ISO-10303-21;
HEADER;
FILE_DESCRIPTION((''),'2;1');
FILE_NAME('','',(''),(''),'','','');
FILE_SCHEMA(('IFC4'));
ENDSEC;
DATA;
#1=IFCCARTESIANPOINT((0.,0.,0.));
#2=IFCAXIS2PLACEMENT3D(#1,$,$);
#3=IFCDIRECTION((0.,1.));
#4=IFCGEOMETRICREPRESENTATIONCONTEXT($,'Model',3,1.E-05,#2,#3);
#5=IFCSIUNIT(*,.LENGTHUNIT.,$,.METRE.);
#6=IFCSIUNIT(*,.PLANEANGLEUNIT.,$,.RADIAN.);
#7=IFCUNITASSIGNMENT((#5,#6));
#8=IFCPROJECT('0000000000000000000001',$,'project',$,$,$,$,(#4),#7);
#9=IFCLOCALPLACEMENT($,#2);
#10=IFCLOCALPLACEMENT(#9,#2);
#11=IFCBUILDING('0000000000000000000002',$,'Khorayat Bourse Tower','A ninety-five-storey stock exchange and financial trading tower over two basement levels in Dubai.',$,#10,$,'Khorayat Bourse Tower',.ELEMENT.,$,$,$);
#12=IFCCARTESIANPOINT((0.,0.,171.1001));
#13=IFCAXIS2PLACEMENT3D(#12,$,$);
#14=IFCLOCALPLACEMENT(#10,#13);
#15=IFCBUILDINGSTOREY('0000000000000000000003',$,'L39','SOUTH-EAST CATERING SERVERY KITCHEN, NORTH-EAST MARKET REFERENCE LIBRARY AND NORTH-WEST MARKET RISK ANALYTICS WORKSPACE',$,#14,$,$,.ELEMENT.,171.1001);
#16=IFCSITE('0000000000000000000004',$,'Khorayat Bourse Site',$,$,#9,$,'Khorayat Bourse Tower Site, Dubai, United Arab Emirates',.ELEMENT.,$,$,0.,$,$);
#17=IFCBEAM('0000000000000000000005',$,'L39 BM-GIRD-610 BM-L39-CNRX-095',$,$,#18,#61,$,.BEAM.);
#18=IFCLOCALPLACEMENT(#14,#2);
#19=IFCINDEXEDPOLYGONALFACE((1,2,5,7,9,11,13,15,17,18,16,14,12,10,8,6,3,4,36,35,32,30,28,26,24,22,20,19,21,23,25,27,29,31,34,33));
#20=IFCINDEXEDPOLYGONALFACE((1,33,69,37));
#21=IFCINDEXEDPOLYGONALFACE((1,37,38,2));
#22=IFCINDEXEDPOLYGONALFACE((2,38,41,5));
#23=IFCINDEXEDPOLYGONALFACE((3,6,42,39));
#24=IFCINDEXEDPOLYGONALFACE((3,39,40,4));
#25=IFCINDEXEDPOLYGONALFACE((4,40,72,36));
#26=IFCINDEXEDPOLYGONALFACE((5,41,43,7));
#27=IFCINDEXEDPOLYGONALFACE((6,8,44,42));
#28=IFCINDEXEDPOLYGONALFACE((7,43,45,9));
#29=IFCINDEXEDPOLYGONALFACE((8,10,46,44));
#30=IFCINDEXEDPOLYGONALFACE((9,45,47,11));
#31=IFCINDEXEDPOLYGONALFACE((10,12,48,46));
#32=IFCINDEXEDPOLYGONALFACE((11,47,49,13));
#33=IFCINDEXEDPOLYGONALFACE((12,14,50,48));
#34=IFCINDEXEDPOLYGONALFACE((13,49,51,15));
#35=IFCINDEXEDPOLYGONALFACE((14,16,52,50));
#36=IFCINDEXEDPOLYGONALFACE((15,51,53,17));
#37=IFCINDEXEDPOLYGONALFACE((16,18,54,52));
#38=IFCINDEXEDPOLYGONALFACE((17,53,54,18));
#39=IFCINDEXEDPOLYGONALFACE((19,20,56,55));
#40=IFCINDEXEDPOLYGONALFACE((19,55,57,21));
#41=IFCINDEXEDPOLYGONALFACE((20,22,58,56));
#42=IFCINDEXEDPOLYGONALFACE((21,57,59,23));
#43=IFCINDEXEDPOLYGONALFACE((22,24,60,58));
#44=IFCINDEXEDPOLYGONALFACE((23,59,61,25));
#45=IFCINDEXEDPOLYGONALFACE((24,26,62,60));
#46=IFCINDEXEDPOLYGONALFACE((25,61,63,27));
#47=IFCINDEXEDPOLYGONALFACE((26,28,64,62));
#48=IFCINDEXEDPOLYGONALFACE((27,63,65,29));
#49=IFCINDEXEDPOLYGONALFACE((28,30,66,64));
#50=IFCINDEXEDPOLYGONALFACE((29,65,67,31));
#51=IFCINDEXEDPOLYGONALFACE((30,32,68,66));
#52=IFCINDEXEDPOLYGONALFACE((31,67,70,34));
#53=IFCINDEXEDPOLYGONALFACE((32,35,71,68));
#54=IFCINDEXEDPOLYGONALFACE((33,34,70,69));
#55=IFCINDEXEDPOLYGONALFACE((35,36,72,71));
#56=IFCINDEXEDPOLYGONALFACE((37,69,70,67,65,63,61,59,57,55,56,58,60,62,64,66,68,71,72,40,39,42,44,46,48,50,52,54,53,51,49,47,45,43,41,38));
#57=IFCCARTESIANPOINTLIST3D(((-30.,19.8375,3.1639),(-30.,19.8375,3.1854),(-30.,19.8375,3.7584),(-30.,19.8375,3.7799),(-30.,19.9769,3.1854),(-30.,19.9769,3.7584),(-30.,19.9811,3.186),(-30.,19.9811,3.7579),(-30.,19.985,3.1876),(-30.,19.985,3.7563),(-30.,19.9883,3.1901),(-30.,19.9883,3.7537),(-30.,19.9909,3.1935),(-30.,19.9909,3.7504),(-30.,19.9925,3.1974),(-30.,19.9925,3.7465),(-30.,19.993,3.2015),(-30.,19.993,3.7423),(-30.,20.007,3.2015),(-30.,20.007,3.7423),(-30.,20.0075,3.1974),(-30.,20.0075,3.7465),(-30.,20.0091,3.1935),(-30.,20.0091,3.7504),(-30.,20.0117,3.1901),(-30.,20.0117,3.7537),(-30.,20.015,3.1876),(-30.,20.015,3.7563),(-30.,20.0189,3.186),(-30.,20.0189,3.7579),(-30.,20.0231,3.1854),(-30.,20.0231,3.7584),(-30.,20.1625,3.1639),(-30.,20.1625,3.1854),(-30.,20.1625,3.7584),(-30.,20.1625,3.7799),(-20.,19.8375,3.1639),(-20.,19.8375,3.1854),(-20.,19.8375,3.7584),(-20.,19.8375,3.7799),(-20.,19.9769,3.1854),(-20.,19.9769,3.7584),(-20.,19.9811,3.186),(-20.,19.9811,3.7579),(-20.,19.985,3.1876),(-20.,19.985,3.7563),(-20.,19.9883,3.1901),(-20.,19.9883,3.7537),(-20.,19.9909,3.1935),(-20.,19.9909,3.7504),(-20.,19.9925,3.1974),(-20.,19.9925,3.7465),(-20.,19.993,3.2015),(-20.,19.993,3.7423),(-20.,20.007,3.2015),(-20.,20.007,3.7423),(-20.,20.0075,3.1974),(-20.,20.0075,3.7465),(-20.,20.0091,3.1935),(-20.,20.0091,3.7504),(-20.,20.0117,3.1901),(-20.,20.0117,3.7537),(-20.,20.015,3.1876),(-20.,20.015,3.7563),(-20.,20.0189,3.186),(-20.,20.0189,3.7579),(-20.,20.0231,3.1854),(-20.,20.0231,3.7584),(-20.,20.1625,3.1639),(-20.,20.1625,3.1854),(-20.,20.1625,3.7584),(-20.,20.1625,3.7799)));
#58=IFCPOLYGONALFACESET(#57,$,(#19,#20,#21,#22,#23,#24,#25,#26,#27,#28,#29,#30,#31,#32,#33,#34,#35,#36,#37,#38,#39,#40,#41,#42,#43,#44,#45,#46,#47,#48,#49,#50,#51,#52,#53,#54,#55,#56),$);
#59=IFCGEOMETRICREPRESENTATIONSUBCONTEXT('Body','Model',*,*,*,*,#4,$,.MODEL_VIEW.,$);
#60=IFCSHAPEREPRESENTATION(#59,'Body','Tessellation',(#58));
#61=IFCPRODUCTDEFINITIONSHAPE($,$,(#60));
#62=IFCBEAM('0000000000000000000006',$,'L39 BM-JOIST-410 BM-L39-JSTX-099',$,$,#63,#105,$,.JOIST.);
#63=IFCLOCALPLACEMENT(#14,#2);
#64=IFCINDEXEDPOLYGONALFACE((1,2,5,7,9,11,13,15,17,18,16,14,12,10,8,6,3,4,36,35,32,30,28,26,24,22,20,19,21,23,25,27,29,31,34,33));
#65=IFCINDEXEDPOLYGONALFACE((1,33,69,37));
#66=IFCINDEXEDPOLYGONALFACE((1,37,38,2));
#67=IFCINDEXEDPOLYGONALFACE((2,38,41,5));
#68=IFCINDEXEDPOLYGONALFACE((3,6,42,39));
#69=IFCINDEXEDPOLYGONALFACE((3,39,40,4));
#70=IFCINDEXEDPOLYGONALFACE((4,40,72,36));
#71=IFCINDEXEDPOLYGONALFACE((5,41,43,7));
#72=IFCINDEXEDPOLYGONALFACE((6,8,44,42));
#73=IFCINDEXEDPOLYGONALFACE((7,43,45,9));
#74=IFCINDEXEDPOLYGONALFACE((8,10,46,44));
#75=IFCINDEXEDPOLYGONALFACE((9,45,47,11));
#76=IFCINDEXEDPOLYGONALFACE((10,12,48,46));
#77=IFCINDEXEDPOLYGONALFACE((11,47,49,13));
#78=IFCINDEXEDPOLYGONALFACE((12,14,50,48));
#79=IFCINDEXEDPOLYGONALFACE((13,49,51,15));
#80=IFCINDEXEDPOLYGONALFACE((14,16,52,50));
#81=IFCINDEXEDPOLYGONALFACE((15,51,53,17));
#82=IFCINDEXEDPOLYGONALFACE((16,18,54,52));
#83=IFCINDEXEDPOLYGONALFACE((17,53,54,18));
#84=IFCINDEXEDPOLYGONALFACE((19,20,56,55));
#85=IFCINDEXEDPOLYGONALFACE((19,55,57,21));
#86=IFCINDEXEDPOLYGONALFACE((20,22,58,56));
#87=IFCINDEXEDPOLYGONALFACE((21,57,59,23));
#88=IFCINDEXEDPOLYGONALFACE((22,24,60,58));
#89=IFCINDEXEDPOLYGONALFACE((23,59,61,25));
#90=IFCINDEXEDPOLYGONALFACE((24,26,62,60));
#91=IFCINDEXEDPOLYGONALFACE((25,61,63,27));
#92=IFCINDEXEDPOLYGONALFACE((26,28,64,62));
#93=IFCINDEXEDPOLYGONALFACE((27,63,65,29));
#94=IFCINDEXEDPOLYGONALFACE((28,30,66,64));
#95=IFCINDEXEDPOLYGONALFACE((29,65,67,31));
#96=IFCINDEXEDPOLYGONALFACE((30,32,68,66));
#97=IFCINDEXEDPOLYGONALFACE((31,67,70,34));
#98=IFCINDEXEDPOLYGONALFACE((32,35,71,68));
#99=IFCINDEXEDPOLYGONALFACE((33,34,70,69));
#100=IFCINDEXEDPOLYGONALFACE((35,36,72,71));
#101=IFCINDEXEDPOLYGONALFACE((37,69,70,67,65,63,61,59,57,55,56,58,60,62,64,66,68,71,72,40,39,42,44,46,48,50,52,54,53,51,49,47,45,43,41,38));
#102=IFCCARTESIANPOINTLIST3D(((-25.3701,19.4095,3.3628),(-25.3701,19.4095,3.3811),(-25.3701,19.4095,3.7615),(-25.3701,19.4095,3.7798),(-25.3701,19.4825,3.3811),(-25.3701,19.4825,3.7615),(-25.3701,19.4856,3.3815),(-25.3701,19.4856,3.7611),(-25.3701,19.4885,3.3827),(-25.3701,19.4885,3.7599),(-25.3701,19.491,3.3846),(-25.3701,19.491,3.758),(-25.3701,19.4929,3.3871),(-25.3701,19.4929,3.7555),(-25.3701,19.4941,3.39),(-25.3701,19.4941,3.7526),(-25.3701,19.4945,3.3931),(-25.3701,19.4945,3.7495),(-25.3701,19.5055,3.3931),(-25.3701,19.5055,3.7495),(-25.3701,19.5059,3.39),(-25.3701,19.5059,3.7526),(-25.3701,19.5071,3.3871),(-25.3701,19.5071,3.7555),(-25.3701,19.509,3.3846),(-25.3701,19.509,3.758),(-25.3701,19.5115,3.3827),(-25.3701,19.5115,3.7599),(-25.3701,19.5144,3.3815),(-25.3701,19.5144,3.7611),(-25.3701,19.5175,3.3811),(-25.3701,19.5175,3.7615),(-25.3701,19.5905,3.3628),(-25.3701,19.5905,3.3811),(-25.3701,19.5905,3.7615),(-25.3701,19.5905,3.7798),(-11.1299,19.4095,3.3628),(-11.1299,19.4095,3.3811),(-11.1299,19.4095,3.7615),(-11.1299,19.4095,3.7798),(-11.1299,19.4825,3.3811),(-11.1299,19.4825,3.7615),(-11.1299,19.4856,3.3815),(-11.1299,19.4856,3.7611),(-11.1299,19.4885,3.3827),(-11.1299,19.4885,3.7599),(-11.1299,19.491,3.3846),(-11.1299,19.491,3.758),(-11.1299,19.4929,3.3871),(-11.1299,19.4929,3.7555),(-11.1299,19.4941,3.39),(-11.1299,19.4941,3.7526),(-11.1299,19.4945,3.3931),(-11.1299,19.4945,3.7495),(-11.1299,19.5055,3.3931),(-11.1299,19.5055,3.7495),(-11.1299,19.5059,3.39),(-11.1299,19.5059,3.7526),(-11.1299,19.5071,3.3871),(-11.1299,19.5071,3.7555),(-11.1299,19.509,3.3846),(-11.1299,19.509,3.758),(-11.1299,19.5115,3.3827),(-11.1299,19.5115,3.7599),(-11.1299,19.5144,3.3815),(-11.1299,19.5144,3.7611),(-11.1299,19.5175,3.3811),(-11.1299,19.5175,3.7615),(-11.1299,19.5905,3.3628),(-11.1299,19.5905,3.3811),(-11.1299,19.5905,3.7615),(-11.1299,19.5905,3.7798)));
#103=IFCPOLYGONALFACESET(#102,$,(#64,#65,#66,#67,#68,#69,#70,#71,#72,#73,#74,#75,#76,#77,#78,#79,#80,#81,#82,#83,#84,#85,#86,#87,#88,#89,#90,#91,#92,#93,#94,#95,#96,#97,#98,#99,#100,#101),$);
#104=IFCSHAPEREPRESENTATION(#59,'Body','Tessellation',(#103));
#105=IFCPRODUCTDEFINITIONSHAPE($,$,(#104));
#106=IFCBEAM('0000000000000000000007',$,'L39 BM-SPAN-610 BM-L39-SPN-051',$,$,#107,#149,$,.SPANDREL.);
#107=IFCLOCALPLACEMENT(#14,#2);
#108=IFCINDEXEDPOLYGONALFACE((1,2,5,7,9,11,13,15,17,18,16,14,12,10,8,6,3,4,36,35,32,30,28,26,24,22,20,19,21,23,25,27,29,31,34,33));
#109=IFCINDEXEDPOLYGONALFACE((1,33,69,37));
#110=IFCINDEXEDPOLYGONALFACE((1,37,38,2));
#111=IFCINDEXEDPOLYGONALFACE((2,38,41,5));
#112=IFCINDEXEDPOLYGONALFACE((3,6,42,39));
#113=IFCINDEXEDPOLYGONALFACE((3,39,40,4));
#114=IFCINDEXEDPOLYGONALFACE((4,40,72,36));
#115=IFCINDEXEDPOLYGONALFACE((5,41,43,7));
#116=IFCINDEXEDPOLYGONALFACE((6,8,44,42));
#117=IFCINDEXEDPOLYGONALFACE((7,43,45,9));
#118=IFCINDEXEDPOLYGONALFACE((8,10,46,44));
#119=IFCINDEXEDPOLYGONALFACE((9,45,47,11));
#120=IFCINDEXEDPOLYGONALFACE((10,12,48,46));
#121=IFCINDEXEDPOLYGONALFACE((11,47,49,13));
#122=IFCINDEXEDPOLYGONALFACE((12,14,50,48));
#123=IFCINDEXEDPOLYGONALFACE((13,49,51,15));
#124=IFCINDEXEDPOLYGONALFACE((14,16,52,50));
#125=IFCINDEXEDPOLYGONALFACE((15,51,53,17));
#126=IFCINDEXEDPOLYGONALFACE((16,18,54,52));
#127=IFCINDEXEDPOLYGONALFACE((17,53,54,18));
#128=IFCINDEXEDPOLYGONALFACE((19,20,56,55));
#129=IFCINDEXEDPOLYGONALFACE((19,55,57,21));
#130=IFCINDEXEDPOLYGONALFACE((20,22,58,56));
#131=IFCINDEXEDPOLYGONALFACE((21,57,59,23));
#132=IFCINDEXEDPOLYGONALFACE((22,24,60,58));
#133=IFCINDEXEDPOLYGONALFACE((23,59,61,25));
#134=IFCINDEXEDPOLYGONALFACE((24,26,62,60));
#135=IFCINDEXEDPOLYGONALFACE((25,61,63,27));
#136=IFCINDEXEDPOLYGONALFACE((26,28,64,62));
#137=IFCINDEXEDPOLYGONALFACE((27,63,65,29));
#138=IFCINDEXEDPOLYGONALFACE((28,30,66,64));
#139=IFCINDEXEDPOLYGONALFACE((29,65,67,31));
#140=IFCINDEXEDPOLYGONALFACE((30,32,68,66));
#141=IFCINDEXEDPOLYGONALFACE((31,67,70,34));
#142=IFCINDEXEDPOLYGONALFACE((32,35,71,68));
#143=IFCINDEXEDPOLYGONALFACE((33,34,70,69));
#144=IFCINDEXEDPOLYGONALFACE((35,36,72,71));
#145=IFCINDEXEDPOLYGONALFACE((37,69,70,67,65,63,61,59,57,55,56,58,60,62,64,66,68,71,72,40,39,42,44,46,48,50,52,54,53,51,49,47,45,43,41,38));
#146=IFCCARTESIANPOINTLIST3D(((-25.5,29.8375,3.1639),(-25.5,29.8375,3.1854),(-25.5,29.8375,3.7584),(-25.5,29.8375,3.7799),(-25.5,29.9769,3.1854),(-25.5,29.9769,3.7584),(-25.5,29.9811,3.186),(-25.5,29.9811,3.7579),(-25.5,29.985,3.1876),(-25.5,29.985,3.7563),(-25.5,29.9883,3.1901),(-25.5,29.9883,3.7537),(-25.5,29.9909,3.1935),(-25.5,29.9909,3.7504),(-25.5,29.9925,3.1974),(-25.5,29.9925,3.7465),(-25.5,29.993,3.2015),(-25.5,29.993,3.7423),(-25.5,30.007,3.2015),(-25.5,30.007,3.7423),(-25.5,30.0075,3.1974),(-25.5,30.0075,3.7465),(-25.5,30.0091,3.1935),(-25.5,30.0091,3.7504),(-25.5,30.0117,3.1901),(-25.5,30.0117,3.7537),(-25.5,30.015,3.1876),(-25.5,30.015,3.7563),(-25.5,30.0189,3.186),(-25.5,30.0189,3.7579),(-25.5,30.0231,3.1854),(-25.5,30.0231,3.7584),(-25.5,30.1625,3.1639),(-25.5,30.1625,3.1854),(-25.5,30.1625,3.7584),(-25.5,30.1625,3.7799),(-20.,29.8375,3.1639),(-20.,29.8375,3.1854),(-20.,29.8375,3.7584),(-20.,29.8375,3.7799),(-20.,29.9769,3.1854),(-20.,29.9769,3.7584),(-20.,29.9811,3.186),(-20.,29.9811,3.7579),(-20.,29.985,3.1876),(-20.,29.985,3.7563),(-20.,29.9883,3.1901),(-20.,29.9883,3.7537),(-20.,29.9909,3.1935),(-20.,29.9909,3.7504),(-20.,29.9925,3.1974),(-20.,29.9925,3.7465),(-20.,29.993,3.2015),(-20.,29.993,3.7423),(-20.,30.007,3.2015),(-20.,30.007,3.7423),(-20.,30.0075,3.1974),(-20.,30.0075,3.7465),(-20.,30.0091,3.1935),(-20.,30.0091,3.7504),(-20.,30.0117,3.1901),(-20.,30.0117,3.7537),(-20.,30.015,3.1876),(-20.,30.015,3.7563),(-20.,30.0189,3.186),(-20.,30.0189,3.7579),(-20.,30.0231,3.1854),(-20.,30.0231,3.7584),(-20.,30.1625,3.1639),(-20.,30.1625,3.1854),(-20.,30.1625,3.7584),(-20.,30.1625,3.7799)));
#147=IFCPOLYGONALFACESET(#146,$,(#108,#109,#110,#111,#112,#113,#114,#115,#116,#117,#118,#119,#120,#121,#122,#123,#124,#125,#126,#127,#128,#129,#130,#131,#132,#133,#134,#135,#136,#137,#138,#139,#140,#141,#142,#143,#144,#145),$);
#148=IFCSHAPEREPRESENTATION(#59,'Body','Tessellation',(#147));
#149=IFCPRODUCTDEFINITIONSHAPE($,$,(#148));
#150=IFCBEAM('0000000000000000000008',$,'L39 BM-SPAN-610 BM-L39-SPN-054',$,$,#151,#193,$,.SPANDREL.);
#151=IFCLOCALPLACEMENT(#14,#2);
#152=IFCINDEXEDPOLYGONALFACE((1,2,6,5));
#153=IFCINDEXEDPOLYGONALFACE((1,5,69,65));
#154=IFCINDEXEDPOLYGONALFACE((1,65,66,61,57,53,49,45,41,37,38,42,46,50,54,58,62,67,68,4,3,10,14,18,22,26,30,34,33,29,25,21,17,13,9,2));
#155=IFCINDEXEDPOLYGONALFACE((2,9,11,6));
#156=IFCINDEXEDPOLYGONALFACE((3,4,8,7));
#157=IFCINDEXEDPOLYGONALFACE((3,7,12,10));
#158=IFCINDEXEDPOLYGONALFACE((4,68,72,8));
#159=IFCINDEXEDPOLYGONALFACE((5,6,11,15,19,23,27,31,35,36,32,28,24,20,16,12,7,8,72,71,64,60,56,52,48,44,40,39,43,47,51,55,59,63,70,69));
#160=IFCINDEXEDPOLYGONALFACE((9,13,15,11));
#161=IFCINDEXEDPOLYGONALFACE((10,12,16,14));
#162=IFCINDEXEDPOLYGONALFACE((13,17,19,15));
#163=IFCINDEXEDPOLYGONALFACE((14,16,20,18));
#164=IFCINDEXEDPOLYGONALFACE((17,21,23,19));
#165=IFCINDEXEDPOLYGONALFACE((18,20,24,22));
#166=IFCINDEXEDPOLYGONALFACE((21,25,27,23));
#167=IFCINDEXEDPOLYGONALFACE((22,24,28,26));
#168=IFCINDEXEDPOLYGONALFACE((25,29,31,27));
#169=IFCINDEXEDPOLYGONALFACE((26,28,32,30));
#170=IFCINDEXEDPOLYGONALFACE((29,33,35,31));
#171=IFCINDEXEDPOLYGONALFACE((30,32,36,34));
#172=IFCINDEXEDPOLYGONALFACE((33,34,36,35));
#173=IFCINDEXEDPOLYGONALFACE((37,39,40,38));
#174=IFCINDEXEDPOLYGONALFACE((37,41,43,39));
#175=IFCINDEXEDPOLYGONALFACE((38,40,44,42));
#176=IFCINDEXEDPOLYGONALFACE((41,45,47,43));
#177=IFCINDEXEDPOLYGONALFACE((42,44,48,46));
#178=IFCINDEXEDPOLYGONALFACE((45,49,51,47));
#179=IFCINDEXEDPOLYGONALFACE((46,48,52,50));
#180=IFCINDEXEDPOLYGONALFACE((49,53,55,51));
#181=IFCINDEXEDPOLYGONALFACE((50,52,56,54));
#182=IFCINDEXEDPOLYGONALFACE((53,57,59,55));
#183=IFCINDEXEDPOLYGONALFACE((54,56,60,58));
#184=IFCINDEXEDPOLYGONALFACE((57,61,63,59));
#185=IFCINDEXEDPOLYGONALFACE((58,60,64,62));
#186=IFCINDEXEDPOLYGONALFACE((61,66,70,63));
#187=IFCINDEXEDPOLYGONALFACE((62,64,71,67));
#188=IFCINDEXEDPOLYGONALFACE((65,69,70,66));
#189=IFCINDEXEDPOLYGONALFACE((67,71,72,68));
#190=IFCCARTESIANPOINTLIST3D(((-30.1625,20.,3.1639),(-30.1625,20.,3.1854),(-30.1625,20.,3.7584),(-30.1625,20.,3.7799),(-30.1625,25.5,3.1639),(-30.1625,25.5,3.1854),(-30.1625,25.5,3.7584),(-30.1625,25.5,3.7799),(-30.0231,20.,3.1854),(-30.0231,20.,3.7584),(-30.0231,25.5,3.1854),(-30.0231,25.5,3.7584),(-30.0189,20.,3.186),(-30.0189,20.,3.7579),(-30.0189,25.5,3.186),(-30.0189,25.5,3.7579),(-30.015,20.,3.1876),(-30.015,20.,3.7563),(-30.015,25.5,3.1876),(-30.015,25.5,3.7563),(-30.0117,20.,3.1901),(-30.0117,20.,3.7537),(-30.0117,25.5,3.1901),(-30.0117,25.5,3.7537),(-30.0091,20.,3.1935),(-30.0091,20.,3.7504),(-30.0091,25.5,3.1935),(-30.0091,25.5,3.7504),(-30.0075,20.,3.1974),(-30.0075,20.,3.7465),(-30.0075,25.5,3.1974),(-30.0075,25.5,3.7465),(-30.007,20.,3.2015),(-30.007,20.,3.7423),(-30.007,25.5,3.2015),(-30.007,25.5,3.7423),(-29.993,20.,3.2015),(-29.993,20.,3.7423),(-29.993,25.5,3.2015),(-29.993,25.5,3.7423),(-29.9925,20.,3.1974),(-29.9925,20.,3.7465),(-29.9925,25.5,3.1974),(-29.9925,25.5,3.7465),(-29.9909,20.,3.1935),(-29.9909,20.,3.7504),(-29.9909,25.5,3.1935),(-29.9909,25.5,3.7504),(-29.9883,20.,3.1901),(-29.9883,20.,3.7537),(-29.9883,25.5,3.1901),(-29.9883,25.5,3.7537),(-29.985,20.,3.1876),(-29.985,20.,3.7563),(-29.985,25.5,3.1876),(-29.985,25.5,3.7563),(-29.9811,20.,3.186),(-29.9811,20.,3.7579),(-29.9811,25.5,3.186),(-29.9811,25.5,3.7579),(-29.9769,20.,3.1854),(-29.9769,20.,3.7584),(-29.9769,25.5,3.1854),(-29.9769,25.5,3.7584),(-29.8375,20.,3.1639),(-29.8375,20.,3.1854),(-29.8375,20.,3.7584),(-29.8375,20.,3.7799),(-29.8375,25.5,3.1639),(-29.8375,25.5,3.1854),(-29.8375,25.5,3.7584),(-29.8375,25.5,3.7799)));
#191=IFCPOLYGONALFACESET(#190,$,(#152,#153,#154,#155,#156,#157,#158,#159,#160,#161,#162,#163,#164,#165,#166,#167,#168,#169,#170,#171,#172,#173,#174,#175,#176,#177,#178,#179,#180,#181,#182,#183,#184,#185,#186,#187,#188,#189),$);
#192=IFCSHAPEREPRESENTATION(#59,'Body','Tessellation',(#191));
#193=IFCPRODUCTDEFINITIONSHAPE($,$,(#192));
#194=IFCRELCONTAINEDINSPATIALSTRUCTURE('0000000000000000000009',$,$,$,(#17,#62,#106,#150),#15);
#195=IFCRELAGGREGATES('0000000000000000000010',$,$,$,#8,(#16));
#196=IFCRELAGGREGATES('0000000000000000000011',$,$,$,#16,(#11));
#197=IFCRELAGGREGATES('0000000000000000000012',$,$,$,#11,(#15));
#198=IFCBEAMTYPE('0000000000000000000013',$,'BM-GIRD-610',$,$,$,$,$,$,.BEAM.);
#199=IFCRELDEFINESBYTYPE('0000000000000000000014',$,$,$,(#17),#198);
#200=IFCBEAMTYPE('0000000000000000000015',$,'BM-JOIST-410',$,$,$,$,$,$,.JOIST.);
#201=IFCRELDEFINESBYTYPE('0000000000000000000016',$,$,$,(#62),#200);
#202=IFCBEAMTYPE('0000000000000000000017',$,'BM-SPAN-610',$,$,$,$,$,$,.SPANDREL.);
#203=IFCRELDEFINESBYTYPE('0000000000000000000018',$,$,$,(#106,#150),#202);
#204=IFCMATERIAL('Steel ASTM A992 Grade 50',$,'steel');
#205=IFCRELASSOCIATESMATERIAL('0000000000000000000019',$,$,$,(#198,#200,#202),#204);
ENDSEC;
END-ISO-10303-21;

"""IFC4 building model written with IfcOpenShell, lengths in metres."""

from ifc_helpers import new_model, si_unit, direction, frame, origin, origin_2d, place, context, subcontext, project, spatial, i_section, extrude, source, transform, mapped, material, material_profile, profile_set, type_object, element, save


model = new_model("IFC4")

# Units and contexts
model_context = context("Model", 3, precision=1e-05, world=origin(), true_north=direction((0.0, 1.0)))
body_context = subcontext(model_context, "Body", "Model", "MODEL_VIEW")
ifc_project = project(units=[si_unit("LENGTHUNIT", "METRE"), si_unit("PLANEANGLEUNIT", "RADIAN")], contexts=[model_context])

# Site, building, storey
site_placement = place(None, origin())
site = spatial("IfcSite", under=ifc_project, at=site_placement, Name="Khorayat Bourse Site", LongName="Khorayat Bourse Tower Site, Dubai, United Arab Emirates", CompositionType="ELEMENT", RefElevation=0.0)
building_placement = place(site_placement, origin())
building = spatial("IfcBuilding", under=site, at=building_placement, Name="Khorayat Bourse Tower", Description="A ninety-five-storey stock exchange and financial trading tower over two basement levels in Dubai.", LongName="Khorayat Bourse Tower", CompositionType="ELEMENT")
storey_placement = place(building_placement, frame((0.0, 0.0, 171.1001)))
storey = spatial("IfcBuildingStorey", under=building, at=storey_placement, Name="L39", Description="SOUTH-EAST CATERING SERVERY KITCHEN, NORTH-EAST MARKET REFERENCE LIBRARY AND NORTH-WEST MARKET RISK ANALYTICS WORKSPACE", CompositionType="ELEMENT", Elevation=171.1001)

# Beams
ifc_material_1 = material(Name="Steel ASTM A992 Grade 50", Category="steel")
ifc_material_profile_1 = material_profile(ifc_material_1, i_section(OverallWidth=0.325, OverallDepth=0.616, WebThickness=0.0139, FlangeThickness=0.0215, FilletRadius=0.0161, at=origin_2d()), Name="W610X174")
ifc_profile_set_1 = profile_set([ifc_material_profile_1], Name="Steel ASTM A992 Grade 50")
beam_type_1 = type_object("IfcBeamType", Name="BM-GIRD-610", PredefinedType="BEAM", material=ifc_profile_set_1)
shared_shape_1 = source(origin(), body_context, "Body", "SweptSolid", [
    extrude(i_section(OverallWidth=0.325, OverallDepth=0.616, WebThickness=0.0139, FlangeThickness=0.0215, FilletRadius=0.0161, at=origin_2d()), origin(), (0.0, 0.0, 1.0), 10.0),
])
beam_1_placement = place(storey_placement, frame((-30.0, 20.0, 3.4719), z_axis=(1.0, 0.0, 0.0), x_axis=(0.0, 1.0, 0.0)))
element("IfcBeam", 1, at=beam_1_placement, inside=storey, type_object=beam_type_1, Name="L39 BM-GIRD-610 BM-L39-CNRX-095", PredefinedType="BEAM", context=body_context, shape_type="MappedRepresentation", body=[
    mapped(shared_shape_1, transform((0.0, 0.0, 0.0), scale=1.0)),
])
ifc_material_profile_2 = material_profile(ifc_material_1, i_section(OverallWidth=0.1809, OverallDepth=0.417, WebThickness=0.011, FlangeThickness=0.0183, FilletRadius=0.012, at=origin_2d()), Name="W410X85")
ifc_profile_set_2 = profile_set([ifc_material_profile_2], Name="Steel ASTM A992 Grade 50")
beam_type_2 = type_object("IfcBeamType", Name="BM-JOIST-410", PredefinedType="JOIST", material=ifc_profile_set_2)
shared_shape_2 = source(origin(), body_context, "Body", "SweptSolid", [
    extrude(i_section(OverallWidth=0.1809, OverallDepth=0.417, WebThickness=0.011, FlangeThickness=0.0183, FilletRadius=0.012, at=origin_2d()), origin(), (0.0, 0.0, 1.0), 14.2402),
])
beam_2_placement = place(storey_placement, frame((-25.3701, 19.5, 3.5713), z_axis=(1.0, 0.0, 0.0), x_axis=(0.0, 1.0, 0.0)))
element("IfcBeam", 2, at=beam_2_placement, inside=storey, type_object=beam_type_2, Name="L39 BM-JOIST-410 BM-L39-JSTX-099", PredefinedType="JOIST", context=body_context, shape_type="MappedRepresentation", body=[
    mapped(shared_shape_2, transform((0.0, 0.0, 0.0), scale=1.0)),
])
ifc_material_profile_3 = material_profile(ifc_material_1, i_section(OverallWidth=0.325, OverallDepth=0.616, WebThickness=0.0139, FlangeThickness=0.0215, FilletRadius=0.0161, at=origin_2d()), Name="W610X174")
ifc_profile_set_3 = profile_set([ifc_material_profile_3], Name="Steel ASTM A992 Grade 50")
beam_type_3 = type_object("IfcBeamType", Name="BM-SPAN-610", PredefinedType="SPANDREL", material=ifc_profile_set_3)
shared_shape_3 = source(origin(), body_context, "Body", "SweptSolid", [
    extrude(i_section(OverallWidth=0.325, OverallDepth=0.616, WebThickness=0.0139, FlangeThickness=0.0215, FilletRadius=0.0161, at=origin_2d()), origin(), (0.0, 0.0, 1.0), 5.5),
])
for number, where, z_axis, x_axis, name in (
    (3, (-25.5, 30.0, 3.4719), (1.0, 0.0, 0.0), (0.0, 1.0, 0.0), "L39 BM-SPAN-610 BM-L39-SPN-051"),
    (4, (-30.0, 20.0, 3.4719), (0.0, 1.0, 0.0), (-1.0, 0.0, 0.0), "L39 BM-SPAN-610 BM-L39-SPN-054"),
):
    element("IfcBeam", number, at=place(storey_placement, frame(where, z_axis=z_axis, x_axis=x_axis)), inside=storey, type_object=beam_type_3, Name=name, PredefinedType="SPANDREL", context=body_context, shape_type="MappedRepresentation", body=[
        mapped(shared_shape_3, transform((0.0, 0.0, 0.0), scale=1.0)),
    ])

save(model, "model.ifc")
